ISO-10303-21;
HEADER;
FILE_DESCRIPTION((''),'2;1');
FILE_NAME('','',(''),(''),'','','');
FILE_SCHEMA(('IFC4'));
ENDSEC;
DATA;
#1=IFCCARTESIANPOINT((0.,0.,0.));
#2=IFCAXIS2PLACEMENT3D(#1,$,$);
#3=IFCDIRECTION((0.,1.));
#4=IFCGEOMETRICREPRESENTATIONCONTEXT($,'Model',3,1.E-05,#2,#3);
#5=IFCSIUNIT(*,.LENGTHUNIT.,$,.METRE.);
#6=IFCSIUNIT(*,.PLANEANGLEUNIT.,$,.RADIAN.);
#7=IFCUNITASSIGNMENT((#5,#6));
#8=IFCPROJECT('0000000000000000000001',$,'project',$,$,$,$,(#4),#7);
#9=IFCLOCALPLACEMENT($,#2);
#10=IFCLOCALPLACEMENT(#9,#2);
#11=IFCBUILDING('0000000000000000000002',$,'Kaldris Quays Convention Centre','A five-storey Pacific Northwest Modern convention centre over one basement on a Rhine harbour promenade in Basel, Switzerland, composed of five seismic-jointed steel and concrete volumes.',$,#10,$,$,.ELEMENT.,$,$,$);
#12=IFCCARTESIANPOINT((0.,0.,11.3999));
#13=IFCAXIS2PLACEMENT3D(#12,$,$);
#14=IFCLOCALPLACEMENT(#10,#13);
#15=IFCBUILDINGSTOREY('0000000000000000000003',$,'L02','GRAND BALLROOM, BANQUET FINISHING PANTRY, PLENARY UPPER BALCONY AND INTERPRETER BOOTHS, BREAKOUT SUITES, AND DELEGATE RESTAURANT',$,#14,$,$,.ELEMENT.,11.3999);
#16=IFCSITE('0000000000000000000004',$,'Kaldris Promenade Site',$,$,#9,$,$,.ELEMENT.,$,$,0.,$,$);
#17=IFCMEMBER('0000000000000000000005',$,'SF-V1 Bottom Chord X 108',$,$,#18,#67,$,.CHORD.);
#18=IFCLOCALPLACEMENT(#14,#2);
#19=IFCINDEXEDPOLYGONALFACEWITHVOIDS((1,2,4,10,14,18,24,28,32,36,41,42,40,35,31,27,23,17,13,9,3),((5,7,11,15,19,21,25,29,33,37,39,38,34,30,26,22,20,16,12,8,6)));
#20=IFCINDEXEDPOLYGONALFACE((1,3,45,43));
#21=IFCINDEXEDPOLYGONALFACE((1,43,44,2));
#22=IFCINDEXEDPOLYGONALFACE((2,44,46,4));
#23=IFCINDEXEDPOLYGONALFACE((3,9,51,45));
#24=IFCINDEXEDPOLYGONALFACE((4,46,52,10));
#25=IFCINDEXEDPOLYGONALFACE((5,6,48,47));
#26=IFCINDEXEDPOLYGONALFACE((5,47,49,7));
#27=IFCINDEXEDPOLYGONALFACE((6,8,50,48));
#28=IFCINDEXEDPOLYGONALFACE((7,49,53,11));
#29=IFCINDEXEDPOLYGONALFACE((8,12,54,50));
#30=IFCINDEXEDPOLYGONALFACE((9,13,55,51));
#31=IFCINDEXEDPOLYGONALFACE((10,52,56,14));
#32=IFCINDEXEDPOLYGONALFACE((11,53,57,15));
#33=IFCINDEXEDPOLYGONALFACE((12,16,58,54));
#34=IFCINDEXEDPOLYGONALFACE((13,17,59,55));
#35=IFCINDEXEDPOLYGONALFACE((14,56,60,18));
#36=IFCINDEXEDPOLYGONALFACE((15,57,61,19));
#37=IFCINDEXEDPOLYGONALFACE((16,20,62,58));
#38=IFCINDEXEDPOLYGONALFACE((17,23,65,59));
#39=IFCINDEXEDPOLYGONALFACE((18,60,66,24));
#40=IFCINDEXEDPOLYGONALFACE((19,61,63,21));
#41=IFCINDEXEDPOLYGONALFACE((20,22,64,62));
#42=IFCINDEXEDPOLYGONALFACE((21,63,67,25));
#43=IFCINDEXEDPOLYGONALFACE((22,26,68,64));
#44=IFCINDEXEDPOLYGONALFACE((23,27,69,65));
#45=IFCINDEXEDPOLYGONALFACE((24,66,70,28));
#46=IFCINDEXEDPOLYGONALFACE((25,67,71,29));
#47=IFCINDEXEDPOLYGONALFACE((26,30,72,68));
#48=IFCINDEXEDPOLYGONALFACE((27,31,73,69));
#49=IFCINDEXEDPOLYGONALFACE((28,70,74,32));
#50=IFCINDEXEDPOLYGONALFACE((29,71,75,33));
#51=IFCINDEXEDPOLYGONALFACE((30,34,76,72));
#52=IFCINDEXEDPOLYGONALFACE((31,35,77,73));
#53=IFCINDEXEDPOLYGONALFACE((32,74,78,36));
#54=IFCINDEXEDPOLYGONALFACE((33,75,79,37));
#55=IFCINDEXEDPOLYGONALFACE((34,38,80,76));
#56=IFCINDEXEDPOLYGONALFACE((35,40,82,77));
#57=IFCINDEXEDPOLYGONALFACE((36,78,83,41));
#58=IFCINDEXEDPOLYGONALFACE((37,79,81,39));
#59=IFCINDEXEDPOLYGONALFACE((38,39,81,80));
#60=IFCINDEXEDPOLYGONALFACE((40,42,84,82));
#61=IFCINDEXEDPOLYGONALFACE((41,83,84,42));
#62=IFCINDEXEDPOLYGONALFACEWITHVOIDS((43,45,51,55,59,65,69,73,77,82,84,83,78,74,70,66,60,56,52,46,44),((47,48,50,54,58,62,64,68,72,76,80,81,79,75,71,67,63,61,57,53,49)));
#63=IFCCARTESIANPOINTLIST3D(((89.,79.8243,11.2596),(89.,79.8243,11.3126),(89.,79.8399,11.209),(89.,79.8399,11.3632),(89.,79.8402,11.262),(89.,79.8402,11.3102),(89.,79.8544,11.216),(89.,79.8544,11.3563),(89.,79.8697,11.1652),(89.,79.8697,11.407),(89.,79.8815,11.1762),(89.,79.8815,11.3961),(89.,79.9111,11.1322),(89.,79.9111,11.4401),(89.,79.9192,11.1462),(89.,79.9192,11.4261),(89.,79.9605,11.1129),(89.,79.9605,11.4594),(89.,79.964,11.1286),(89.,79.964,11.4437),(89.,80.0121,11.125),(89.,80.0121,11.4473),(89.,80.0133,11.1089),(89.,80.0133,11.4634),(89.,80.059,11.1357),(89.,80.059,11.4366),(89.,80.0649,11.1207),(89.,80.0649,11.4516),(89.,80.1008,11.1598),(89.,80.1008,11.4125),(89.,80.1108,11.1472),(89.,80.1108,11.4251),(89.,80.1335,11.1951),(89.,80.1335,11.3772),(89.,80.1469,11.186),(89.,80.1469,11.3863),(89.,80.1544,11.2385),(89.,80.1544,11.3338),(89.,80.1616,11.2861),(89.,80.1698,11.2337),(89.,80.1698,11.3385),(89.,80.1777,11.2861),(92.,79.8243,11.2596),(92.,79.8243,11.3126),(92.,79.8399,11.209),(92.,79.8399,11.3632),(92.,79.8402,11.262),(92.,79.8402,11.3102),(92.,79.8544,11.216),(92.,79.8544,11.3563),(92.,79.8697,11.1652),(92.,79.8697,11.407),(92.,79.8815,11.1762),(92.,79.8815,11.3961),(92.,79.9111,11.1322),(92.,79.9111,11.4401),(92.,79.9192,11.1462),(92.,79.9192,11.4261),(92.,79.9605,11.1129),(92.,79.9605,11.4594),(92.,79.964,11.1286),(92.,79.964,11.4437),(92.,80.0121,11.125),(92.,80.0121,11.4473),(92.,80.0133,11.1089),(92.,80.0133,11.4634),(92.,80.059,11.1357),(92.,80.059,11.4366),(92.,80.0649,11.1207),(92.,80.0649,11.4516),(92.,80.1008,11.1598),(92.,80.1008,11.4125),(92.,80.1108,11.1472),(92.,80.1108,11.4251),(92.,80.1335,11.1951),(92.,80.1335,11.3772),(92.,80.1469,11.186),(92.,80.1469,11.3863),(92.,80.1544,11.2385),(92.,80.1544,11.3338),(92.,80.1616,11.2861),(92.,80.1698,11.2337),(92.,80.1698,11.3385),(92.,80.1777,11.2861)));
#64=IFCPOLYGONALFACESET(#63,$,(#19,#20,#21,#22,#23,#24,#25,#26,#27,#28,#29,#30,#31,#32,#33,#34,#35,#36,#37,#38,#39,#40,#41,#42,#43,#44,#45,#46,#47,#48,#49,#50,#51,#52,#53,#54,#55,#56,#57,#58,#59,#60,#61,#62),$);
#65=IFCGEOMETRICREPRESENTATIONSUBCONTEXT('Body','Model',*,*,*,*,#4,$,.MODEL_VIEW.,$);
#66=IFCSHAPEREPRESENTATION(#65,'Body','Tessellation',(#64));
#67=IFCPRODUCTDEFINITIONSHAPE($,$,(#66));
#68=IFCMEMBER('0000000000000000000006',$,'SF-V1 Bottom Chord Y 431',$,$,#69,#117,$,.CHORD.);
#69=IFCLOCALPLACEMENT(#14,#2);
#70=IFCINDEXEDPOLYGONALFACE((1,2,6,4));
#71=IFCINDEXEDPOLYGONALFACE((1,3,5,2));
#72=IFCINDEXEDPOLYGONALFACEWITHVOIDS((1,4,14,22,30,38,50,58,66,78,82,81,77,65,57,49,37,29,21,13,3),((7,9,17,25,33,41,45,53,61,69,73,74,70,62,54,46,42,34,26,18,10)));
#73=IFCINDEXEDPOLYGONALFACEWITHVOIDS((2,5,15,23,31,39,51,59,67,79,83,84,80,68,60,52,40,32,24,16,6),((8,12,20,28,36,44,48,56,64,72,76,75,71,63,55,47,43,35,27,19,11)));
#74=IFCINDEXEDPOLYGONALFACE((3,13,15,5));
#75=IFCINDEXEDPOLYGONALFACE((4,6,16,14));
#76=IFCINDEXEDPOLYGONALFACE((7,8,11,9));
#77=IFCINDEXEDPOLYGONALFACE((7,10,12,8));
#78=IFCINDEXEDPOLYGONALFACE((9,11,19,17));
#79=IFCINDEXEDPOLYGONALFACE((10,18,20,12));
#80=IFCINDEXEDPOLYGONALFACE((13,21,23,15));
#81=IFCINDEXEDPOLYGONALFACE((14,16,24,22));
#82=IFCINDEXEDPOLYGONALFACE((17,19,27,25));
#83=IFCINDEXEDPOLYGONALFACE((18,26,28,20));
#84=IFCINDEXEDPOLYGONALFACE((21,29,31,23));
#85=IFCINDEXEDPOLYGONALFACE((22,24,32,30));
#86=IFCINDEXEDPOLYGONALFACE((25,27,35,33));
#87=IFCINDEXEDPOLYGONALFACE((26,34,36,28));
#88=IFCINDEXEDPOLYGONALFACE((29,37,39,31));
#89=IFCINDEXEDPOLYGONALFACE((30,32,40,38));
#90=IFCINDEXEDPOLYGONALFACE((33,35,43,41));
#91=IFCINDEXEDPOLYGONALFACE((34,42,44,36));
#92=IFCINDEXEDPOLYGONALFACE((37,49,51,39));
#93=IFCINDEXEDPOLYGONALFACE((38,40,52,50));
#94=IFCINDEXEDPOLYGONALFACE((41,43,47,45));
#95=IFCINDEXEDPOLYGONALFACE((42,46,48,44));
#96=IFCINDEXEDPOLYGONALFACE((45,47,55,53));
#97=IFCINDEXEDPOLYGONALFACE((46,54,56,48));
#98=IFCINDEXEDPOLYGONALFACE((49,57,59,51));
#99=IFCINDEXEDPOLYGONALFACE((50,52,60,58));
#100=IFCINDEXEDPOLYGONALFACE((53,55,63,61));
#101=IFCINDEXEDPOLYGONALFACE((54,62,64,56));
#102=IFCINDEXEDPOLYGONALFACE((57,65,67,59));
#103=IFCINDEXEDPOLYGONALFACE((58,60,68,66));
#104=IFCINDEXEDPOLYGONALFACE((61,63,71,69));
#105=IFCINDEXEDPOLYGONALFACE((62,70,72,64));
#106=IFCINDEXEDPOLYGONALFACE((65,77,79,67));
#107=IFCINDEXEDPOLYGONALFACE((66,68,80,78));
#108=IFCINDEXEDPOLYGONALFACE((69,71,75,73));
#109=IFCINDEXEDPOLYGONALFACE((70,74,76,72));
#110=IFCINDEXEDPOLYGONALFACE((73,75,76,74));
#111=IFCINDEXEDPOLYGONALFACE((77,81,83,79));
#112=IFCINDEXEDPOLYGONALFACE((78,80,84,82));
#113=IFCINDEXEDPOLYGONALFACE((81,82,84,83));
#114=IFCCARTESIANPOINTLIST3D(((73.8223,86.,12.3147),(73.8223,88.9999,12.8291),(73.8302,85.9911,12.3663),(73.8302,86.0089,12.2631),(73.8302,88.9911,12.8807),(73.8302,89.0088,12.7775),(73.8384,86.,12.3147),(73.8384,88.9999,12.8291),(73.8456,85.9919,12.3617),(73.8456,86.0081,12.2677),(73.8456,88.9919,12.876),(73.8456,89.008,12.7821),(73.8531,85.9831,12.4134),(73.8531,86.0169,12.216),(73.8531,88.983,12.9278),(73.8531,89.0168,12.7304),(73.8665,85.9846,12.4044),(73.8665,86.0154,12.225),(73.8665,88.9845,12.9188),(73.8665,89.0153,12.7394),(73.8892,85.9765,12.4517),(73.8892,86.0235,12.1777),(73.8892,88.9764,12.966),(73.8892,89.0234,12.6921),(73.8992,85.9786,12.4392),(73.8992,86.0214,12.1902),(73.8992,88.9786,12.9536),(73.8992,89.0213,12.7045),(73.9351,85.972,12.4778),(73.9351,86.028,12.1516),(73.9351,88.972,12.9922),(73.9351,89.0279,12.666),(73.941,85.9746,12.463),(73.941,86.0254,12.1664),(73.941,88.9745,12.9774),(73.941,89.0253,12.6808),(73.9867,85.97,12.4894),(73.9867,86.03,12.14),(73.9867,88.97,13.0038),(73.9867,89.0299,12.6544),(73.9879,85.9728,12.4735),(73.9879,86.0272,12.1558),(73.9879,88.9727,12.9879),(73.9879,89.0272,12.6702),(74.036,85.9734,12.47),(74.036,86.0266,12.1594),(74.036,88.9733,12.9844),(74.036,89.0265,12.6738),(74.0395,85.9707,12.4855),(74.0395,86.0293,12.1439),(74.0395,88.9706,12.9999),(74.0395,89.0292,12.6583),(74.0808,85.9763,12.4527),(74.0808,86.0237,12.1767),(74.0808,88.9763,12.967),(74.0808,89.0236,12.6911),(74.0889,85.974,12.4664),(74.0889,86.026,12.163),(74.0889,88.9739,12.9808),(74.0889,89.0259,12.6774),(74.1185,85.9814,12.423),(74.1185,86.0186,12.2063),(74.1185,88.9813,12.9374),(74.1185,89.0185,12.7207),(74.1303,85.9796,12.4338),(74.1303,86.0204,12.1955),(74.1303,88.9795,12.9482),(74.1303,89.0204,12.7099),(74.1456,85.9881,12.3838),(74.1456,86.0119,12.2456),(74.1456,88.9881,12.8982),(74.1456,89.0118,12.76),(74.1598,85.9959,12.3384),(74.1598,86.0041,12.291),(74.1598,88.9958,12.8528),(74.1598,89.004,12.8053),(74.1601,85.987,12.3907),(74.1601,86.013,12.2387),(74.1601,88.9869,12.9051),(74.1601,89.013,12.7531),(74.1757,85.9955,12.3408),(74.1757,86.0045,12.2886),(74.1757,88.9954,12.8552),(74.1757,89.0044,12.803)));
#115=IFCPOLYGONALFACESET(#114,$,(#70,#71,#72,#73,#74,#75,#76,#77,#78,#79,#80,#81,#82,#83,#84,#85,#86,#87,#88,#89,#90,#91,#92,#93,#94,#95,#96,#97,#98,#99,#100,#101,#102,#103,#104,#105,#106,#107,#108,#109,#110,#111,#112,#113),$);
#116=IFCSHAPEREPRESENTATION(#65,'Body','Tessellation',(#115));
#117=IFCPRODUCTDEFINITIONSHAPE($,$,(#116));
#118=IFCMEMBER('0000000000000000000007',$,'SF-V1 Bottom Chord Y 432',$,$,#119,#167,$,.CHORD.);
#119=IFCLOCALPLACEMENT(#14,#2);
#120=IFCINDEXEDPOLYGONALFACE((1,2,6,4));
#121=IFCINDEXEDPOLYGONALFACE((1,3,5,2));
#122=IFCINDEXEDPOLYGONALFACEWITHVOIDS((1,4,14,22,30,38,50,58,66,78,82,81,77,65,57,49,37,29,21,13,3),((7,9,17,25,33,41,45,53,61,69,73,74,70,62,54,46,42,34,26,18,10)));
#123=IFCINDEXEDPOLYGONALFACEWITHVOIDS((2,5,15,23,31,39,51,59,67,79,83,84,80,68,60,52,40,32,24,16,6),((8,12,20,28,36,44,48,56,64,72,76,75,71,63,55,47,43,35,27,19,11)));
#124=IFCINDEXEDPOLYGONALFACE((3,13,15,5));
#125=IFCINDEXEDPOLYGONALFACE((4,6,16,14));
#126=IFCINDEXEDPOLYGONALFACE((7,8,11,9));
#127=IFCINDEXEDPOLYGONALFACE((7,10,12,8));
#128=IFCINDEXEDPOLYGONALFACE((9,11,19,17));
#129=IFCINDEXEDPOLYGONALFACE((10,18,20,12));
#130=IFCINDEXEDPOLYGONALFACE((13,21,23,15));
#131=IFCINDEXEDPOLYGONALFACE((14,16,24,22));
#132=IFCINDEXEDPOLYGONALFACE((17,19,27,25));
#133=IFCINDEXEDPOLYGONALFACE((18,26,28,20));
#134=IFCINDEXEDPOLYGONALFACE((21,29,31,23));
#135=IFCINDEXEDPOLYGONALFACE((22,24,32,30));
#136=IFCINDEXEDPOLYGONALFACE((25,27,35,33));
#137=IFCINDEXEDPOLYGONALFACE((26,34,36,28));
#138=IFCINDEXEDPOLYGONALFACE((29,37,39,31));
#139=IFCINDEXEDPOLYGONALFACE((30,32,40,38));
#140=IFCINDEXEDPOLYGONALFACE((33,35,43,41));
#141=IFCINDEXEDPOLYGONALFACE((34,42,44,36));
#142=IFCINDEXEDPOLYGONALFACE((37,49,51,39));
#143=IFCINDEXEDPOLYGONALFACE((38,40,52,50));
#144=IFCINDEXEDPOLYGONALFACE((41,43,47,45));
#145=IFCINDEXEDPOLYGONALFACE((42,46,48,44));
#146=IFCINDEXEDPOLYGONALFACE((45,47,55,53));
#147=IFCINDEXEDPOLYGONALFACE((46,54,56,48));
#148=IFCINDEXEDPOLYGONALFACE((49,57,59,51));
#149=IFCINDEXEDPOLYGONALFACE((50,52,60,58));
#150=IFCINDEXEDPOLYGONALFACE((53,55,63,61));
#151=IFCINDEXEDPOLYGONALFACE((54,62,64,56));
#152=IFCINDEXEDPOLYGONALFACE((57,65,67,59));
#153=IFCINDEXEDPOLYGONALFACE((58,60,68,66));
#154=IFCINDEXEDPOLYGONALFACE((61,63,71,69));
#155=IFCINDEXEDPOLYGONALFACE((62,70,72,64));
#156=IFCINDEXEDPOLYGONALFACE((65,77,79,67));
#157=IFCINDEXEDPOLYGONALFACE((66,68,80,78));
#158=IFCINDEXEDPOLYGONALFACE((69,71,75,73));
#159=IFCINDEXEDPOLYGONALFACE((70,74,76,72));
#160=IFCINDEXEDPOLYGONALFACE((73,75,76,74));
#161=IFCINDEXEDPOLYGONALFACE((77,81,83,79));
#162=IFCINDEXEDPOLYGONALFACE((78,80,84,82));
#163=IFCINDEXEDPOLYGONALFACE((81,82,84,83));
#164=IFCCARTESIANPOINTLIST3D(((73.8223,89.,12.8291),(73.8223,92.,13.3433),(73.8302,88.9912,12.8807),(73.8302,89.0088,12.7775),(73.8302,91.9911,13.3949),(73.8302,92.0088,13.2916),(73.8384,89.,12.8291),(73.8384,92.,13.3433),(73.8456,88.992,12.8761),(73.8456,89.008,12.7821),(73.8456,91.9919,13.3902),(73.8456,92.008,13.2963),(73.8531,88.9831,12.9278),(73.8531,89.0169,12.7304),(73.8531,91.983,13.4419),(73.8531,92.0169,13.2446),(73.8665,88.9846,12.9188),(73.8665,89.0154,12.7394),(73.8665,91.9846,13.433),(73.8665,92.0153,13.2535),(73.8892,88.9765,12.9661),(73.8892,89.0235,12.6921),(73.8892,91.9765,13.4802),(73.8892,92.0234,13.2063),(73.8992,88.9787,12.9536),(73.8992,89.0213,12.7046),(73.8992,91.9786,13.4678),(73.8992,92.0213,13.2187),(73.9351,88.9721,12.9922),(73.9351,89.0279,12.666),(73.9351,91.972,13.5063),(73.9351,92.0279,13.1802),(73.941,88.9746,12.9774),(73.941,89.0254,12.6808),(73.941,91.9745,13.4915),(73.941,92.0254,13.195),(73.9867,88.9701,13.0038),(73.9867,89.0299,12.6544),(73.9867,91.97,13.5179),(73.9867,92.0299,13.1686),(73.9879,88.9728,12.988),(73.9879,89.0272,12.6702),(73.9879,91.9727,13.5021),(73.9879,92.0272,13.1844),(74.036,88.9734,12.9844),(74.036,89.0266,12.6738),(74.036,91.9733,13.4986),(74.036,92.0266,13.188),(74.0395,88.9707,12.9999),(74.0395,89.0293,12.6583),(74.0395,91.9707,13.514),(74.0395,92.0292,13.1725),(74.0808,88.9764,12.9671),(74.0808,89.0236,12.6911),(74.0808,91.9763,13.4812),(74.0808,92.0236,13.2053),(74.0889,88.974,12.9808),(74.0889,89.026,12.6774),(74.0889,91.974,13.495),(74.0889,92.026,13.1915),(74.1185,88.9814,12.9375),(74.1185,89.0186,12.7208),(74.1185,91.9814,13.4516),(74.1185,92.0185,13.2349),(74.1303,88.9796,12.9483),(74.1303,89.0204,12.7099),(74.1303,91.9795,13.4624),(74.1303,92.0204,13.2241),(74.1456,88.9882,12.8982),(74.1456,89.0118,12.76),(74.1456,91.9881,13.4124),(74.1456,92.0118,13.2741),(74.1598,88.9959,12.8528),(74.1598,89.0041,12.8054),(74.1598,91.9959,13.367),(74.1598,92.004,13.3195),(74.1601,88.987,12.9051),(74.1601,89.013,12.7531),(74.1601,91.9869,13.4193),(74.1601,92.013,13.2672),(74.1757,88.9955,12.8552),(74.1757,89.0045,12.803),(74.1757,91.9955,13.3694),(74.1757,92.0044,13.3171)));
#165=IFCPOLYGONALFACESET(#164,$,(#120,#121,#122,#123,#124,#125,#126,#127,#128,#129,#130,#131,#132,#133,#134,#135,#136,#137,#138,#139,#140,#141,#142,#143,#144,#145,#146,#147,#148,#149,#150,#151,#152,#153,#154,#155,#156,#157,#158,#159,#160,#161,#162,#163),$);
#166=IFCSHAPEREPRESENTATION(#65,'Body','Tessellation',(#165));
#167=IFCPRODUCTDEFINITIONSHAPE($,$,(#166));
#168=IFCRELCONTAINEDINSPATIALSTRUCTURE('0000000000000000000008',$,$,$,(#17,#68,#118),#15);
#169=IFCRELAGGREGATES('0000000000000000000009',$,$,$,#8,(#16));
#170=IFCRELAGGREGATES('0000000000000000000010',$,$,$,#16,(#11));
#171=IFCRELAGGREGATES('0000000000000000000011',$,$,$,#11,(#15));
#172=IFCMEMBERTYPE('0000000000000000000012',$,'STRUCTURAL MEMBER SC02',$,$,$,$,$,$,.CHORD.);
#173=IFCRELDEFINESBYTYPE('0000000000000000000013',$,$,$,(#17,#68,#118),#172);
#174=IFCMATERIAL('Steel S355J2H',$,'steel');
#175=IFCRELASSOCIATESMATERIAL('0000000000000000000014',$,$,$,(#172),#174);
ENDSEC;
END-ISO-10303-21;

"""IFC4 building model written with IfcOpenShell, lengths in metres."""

from ifc_helpers import new_model, si_unit, direction, frame, origin, origin_2d, place, context, subcontext, project, spatial, hollow_circle, extrude, material, material_profile, profile_set, type_object, element, save


model = new_model("IFC4")

# Units and contexts
model_context = context("Model", 3, precision=1e-05, world=origin(), true_north=direction((0.0, 1.0)))
body_context = subcontext(model_context, "Body", "Model", "MODEL_VIEW")
ifc_project = project(units=[si_unit("LENGTHUNIT", "METRE"), si_unit("PLANEANGLEUNIT", "RADIAN")], contexts=[model_context])

# Site, building, storey
site_placement = place(None, origin())
site = spatial("IfcSite", under=ifc_project, at=site_placement, Name="Kaldris Promenade Site", CompositionType="ELEMENT", RefElevation=0.0)
building_placement = place(site_placement, origin())
building = spatial("IfcBuilding", under=site, at=building_placement, Name="Kaldris Quays Convention Centre", Description="A five-storey Pacific Northwest Modern convention centre over one basement on a Rhine harbour promenade in Basel, Switzerland, composed of five seismic-jointed steel and concrete volumes.", CompositionType="ELEMENT")
storey_placement = place(building_placement, frame((0.0, 0.0, 11.3999)))
storey = spatial("IfcBuildingStorey", under=building, at=storey_placement, Name="L02", Description="GRAND BALLROOM, BANQUET FINISHING PANTRY, PLENARY UPPER BALCONY AND INTERPRETER BOOTHS, BREAKOUT SUITES, AND DELEGATE RESTAURANT", CompositionType="ELEMENT", Elevation=11.3999)

# Members
ifc_material = material(Name="Steel S355J2H", Category="steel")
ifc_material_profile_1 = material_profile(ifc_material, hollow_circle(Radius=0.1777, WallThickness=0.0161, at=origin_2d()), Name="CHS 355.6x16")
ifc_profile_set_1 = profile_set([ifc_material_profile_1], Name="Steel S355J2H")
member_type_1 = type_object("IfcMemberType", Name="STRUCTURAL MEMBER SC02", PredefinedType="CHORD", material=ifc_profile_set_1)
for number, where, z_axis, x_axis, name in (
    (1, (89.0, 80.0, 11.2861), (1.0, 0.0, 0.0), (0.0, 1.0, 0.0), "SF-V1 Bottom Chord X 108"),
):
    element("IfcMember", number, at=place(storey_placement, frame(where, z_axis=z_axis, x_axis=x_axis)), inside=storey, type_object=member_type_1, Name=name, PredefinedType="CHORD", context=body_context, shape_type="SweptSolid", body=[
        extrude(hollow_circle(Radius=0.1777, WallThickness=0.0161, at=origin_2d()), origin(), (0.0, 0.0, 1.0), 3.0),
    ])
for number, where, z_axis, x_axis, name in (
    (2, (74.0, 86.0, 12.3147), (0.0, 0.985616, 0.169002), (-1.0, 0.0, 0.0), "SF-V1 Bottom Chord Y 431"),
    (3, (74.0, 89.0, 12.8291), (0.0, 0.985629, 0.168924), (-1.0, 0.0, 0.0), "SF-V1 Bottom Chord Y 432"),
):
    element("IfcMember", number, at=place(storey_placement, frame(where, z_axis=z_axis, x_axis=x_axis)), inside=storey, type_object=member_type_1, Name=name, PredefinedType="CHORD", context=body_context, shape_type="SweptSolid", body=[
        extrude(hollow_circle(Radius=0.1777, WallThickness=0.0161, at=origin_2d()), origin(), (0.0, 0.0, 1.0), 3.0437),
    ])

save(model, "model.ifc")
